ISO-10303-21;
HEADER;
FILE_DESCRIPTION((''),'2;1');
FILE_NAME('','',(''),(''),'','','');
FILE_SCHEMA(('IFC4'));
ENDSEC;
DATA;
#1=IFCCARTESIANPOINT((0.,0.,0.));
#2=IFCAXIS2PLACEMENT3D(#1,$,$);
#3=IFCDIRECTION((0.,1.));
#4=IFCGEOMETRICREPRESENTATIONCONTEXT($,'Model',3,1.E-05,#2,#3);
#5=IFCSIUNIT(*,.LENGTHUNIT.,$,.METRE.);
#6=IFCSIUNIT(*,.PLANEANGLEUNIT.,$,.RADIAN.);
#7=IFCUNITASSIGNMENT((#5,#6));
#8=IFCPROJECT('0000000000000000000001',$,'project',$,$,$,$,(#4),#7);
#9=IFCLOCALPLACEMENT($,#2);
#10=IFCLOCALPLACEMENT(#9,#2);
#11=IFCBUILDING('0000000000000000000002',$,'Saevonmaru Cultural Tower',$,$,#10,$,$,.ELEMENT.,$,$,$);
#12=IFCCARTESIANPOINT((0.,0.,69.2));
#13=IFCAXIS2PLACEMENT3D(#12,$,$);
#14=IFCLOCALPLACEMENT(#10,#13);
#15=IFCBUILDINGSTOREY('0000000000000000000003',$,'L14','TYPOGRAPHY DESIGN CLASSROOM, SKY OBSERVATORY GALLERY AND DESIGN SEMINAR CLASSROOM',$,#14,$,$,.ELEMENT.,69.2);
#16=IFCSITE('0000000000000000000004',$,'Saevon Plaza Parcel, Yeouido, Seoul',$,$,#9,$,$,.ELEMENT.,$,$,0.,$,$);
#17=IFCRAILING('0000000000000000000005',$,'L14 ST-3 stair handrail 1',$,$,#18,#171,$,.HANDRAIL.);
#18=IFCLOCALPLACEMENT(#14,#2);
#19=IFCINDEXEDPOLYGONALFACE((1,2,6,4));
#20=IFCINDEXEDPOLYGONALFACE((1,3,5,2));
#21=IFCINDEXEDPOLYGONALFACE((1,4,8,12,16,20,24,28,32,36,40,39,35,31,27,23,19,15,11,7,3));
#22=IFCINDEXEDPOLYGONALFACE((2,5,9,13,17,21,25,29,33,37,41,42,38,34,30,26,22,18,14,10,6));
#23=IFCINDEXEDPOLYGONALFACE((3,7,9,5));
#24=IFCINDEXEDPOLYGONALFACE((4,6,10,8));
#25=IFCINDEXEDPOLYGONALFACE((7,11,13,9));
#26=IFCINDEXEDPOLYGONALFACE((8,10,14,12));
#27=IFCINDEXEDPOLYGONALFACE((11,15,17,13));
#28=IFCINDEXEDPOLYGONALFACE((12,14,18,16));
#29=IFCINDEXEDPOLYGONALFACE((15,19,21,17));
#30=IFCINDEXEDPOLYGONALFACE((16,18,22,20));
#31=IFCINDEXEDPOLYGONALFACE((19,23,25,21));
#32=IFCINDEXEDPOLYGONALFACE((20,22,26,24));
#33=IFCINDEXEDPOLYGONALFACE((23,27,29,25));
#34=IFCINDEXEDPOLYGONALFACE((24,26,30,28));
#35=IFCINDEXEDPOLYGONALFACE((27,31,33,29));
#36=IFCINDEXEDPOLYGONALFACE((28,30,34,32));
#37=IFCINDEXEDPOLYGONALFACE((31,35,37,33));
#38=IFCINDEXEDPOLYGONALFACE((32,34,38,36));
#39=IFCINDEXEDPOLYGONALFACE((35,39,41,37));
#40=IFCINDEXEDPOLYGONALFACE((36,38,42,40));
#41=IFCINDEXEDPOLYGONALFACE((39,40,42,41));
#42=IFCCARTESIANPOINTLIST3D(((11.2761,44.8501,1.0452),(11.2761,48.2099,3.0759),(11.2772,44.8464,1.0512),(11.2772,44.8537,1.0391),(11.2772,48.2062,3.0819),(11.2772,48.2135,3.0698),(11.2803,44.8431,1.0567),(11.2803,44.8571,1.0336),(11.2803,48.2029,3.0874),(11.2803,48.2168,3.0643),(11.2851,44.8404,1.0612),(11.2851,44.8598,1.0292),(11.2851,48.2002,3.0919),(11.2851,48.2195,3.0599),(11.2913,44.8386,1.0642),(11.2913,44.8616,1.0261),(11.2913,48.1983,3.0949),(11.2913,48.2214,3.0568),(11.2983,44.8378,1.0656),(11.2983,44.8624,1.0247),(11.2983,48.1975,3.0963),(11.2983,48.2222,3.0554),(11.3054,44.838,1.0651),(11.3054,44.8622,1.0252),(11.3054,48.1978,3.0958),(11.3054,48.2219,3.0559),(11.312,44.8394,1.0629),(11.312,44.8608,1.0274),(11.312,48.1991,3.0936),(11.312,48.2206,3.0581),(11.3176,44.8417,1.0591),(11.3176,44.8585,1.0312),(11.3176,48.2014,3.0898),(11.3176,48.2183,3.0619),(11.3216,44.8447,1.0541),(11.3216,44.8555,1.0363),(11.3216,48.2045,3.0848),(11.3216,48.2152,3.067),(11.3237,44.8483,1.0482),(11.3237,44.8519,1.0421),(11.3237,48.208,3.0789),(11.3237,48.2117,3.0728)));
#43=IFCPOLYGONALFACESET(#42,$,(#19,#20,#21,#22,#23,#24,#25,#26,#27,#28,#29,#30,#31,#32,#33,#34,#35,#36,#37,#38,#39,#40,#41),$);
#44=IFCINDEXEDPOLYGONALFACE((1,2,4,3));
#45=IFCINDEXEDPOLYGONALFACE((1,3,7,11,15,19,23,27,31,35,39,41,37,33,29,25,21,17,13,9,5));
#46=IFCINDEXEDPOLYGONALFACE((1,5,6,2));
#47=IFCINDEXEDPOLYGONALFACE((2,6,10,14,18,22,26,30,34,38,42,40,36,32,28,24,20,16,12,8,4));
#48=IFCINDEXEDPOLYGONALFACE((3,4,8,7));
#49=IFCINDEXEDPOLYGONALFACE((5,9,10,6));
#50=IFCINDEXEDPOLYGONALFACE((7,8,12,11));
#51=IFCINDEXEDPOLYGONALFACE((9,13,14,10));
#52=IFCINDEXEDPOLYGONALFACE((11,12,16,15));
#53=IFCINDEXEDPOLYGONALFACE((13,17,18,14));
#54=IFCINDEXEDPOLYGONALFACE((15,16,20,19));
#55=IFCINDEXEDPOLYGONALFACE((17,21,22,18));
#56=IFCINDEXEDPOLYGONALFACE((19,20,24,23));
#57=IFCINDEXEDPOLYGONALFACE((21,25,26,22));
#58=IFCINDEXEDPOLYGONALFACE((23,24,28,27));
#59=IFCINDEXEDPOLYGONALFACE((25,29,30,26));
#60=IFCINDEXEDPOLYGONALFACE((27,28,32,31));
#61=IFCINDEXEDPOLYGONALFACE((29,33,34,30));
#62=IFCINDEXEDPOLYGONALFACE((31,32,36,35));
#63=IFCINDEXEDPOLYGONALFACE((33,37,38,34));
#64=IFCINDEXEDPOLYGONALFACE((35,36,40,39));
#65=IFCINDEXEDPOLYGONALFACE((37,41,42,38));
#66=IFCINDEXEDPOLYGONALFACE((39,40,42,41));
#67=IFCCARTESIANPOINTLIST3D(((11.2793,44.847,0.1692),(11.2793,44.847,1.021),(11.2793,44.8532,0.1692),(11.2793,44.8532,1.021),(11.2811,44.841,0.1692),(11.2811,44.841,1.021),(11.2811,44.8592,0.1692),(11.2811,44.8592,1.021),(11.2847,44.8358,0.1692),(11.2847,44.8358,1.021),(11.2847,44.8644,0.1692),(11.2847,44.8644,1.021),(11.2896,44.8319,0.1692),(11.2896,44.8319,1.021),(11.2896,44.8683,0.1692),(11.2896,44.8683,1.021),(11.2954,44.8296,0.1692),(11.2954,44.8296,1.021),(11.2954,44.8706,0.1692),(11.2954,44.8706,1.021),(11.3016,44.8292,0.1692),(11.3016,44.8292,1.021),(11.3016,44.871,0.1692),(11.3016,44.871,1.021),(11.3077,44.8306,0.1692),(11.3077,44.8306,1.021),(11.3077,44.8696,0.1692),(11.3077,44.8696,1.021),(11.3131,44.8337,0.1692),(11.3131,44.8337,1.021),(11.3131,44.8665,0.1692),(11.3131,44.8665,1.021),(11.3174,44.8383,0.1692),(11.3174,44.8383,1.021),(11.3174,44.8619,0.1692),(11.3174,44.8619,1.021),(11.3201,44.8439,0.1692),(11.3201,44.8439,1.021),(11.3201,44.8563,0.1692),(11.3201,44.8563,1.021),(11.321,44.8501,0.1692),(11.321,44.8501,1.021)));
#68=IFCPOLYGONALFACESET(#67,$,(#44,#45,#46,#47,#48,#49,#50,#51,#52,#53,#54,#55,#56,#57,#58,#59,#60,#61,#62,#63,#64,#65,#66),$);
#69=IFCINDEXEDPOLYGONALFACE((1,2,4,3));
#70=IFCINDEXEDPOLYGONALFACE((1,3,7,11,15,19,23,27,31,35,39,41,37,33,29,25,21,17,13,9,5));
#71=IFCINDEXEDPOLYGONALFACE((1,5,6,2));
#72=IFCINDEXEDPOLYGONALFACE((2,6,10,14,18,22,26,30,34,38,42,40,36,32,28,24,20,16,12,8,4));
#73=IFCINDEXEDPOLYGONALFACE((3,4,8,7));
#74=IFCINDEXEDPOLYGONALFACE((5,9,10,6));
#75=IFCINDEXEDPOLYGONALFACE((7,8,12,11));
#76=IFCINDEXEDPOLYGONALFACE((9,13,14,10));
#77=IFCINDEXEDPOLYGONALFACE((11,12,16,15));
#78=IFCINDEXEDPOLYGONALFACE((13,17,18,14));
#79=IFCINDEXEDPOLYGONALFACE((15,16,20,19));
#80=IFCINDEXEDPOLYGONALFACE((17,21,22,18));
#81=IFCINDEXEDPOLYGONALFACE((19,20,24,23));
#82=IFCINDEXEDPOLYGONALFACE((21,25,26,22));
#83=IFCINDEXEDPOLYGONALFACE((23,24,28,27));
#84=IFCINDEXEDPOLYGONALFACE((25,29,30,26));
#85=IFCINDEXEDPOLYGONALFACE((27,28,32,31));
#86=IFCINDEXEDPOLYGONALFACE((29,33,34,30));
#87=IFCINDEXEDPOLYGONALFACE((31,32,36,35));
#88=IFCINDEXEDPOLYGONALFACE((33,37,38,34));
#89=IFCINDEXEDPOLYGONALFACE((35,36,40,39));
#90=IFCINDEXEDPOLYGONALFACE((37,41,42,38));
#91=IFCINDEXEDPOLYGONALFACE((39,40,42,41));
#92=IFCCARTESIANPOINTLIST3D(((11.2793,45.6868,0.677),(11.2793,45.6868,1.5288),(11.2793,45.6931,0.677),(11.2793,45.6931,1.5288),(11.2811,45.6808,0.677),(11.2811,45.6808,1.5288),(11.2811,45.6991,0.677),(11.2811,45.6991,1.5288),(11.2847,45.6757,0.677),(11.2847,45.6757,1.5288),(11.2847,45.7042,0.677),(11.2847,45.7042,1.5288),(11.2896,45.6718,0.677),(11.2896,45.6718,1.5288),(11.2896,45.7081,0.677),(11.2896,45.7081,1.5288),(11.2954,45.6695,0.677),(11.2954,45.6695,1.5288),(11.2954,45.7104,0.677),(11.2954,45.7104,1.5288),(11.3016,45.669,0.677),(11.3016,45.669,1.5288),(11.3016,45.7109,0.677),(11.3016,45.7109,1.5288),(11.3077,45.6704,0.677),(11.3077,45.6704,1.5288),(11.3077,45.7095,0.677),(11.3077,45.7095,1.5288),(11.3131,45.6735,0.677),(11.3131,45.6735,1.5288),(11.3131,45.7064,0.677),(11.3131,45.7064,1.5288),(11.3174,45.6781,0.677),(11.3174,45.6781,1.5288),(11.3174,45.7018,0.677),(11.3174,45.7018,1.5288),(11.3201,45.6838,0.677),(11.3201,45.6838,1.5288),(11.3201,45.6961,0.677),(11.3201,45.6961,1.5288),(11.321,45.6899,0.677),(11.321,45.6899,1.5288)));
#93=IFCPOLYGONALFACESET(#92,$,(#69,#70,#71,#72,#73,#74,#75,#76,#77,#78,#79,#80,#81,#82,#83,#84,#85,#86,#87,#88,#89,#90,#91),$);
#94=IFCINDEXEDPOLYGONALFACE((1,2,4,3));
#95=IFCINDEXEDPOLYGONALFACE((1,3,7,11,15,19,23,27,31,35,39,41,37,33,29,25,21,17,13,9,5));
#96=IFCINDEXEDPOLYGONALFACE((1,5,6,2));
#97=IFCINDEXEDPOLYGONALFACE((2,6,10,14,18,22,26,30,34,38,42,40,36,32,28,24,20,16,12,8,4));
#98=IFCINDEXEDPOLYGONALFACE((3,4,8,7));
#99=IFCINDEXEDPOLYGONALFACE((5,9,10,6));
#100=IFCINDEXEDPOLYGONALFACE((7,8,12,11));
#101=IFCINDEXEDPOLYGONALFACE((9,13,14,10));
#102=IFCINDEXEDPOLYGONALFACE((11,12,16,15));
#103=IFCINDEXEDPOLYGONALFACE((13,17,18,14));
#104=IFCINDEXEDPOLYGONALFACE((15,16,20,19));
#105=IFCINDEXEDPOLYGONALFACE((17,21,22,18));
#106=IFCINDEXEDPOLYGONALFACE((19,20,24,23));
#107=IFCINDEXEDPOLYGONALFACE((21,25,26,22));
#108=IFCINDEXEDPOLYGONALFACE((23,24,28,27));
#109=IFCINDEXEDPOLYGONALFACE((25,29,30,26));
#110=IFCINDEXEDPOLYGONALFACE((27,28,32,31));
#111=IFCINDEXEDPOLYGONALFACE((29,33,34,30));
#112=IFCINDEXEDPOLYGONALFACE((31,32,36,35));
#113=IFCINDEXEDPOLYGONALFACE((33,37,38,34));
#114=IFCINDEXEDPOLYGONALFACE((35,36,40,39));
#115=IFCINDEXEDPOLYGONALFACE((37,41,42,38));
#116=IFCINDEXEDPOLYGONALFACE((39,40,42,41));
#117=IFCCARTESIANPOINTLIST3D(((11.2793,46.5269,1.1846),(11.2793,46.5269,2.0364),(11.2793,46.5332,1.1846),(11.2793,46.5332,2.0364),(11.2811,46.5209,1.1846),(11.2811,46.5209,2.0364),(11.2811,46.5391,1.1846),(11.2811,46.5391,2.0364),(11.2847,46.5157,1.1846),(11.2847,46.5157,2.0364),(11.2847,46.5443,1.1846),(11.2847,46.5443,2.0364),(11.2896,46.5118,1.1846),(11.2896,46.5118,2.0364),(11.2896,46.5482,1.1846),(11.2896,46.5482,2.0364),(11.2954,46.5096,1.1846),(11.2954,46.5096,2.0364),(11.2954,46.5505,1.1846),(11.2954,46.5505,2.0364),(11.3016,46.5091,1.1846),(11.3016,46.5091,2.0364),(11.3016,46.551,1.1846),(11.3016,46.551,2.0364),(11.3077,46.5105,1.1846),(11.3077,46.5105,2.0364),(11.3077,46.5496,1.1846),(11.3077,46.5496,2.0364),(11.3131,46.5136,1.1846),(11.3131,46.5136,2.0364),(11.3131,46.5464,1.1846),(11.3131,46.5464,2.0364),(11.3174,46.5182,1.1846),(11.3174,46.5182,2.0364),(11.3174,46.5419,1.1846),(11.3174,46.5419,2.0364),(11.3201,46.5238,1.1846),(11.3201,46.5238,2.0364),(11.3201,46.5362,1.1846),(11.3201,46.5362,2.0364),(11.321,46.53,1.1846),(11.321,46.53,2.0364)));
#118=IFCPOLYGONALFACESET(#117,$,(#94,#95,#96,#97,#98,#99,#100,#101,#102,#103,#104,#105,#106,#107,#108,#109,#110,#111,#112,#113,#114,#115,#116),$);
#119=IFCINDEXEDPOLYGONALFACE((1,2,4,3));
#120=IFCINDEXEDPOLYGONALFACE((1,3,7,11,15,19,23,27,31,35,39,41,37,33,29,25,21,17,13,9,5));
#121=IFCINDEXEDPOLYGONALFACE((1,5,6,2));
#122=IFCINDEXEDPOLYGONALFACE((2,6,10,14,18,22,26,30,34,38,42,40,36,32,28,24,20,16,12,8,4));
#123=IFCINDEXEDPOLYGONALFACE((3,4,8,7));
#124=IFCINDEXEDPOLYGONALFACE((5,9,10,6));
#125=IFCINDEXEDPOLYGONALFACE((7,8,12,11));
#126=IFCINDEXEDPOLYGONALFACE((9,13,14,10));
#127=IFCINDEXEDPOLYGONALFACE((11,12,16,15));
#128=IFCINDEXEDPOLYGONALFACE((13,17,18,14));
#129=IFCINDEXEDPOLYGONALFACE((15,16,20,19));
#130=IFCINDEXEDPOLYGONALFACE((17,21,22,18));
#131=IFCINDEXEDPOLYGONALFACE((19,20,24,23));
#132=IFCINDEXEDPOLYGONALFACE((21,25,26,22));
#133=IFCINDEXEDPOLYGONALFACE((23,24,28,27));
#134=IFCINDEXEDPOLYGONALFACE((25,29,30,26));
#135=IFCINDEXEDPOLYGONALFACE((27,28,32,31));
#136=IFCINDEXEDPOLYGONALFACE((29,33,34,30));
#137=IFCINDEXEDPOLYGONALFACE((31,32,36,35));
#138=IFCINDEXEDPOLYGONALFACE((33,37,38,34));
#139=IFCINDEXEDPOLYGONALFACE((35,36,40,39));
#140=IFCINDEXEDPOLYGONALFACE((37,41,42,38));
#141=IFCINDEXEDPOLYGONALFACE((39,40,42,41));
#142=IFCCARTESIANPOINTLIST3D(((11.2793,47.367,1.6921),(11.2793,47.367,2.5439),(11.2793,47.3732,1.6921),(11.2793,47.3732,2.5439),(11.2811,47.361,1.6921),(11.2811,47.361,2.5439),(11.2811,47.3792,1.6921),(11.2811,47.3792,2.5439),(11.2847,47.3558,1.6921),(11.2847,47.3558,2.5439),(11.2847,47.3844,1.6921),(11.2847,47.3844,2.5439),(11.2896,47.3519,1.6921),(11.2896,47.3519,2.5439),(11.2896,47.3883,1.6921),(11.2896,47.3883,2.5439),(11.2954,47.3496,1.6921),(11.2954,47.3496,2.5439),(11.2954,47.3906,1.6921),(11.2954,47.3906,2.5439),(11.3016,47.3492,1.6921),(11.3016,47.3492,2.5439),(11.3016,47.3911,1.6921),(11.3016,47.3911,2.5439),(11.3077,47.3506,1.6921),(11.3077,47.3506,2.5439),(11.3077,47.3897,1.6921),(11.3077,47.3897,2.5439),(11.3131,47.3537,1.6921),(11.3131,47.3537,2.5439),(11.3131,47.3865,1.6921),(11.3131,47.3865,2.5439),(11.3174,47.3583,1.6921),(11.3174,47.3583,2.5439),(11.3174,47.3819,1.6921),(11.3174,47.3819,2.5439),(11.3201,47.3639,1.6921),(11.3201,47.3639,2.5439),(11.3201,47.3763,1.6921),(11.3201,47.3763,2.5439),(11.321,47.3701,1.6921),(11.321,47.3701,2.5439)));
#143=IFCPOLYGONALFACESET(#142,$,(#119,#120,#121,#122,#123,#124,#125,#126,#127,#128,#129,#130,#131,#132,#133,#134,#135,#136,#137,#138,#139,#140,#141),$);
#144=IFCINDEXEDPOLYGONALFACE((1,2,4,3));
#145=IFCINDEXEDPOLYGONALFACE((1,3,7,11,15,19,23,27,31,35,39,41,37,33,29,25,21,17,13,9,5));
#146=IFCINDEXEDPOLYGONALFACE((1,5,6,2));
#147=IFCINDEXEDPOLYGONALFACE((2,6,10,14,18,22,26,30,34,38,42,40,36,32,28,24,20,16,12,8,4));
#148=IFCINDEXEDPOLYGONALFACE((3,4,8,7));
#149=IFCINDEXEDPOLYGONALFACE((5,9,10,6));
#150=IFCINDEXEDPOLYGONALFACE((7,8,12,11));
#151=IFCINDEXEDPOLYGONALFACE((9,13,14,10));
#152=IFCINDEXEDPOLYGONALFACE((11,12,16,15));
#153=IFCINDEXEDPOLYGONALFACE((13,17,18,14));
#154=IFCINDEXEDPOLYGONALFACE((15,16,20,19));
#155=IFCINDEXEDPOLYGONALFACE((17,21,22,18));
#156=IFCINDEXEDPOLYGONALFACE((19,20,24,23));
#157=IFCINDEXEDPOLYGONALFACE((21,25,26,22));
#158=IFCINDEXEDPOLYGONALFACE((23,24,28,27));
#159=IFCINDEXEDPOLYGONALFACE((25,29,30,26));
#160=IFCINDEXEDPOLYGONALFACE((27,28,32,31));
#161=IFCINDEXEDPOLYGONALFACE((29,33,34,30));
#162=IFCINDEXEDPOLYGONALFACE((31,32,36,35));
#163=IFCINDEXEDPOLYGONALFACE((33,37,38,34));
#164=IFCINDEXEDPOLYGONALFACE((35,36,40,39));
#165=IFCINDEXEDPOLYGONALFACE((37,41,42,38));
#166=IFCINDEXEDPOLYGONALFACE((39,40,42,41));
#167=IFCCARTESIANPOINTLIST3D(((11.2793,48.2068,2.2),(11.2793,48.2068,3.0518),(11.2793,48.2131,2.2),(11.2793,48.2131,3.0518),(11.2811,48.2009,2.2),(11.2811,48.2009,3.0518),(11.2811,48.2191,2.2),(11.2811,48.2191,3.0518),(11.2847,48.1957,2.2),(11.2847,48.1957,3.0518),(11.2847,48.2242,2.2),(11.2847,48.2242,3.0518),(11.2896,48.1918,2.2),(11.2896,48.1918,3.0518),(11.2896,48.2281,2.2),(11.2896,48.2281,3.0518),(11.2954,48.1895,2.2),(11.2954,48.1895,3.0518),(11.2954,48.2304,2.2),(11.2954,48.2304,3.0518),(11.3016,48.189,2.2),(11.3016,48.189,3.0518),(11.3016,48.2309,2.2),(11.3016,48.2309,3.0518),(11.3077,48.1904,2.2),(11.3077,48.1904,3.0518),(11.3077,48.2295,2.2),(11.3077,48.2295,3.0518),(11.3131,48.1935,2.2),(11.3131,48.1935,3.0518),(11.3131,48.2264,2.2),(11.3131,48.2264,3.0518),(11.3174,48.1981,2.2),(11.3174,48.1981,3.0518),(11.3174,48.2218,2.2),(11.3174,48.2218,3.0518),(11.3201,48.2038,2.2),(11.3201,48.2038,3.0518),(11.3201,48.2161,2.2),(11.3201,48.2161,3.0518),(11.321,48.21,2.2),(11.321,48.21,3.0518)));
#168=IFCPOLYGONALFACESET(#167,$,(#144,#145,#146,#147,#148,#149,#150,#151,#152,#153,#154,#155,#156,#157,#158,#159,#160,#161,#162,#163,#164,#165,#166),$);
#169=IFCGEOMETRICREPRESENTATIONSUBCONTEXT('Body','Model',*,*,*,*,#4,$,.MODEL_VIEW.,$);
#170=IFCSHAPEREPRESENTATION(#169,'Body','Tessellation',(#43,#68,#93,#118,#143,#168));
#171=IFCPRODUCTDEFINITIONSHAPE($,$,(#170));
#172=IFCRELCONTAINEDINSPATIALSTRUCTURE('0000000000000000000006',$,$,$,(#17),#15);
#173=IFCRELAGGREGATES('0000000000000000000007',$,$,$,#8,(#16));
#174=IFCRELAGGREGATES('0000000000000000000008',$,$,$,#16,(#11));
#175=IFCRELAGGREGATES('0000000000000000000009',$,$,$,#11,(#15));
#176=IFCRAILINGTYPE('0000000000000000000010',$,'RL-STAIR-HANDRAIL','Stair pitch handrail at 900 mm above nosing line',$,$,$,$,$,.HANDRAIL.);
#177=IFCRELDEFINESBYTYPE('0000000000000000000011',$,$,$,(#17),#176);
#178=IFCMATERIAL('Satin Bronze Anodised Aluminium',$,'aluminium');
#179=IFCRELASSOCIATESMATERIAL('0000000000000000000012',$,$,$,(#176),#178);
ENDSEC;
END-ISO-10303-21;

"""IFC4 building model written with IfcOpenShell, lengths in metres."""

from ifc_helpers import new_model, si_unit, direction, frame, origin, origin_2d, place, context, subcontext, project, spatial, circle, extrude, material, type_object, element, save


model = new_model("IFC4")

# Units and contexts
model_context = context("Model", 3, precision=1e-05, world=origin(), true_north=direction((0.0, 1.0)))
body_context = subcontext(model_context, "Body", "Model", "MODEL_VIEW")
ifc_project = project(units=[si_unit("LENGTHUNIT", "METRE"), si_unit("PLANEANGLEUNIT", "RADIAN")], contexts=[model_context])

# Site, building, storey
site_placement = place(None, origin())
site = spatial("IfcSite", under=ifc_project, at=site_placement, Name="Saevon Plaza Parcel, Yeouido, Seoul", CompositionType="ELEMENT", RefElevation=0.0)
building_placement = place(site_placement, origin())
building = spatial("IfcBuilding", under=site, at=building_placement, Name="Saevonmaru Cultural Tower", CompositionType="ELEMENT")
storey_placement = place(building_placement, frame((0.0, 0.0, 69.2)))
storey = spatial("IfcBuildingStorey", under=building, at=storey_placement, Name="L14", Description="TYPOGRAPHY DESIGN CLASSROOM, SKY OBSERVATORY GALLERY AND DESIGN SEMINAR CLASSROOM", CompositionType="ELEMENT", Elevation=69.2)

# Shared definitions
ifc_material_1 = material(Name="Satin Bronze Anodised Aluminium", Category="aluminium")

# Railing
railing_type_1 = type_object("IfcRailingType", Name="RL-STAIR-HANDRAIL", Description="Stair pitch handrail at 900 mm above nosing line", PredefinedType="HANDRAIL", material=ifc_material_1)
railing_1_placement = place(storey_placement, frame((11.3, 44.8501, 0.1692)))
element("IfcRailing", 1, at=railing_1_placement, inside=storey, type_object=railing_type_1, Name="L14 ST-3 stair handrail 1", PredefinedType="HANDRAIL", context=body_context, shape_type="SweptSolid", body=[
    extrude(circle(Radius=0.0239, at=origin_2d()), frame((0.0, 0.0, 0.876), z_axis=(0.0, 0.85582, 0.517273), x_axis=(-1.0, 0.0, 0.0)), (0.0, 0.0, 1.0), 3.9258),
    extrude(circle(Radius=0.021, at=origin_2d()), origin(), (0.0, 0.0, 1.0), 0.8518),
    extrude(circle(Radius=0.021, at=origin_2d()), frame((0.0, 0.8398, 0.5078)), (0.0, 0.0, 1.0), 0.8518),
    extrude(circle(Radius=0.021, at=origin_2d()), frame((0.0, 1.6799, 1.0154)), (0.0, 0.0, 1.0), 0.8518),
    extrude(circle(Radius=0.021, at=origin_2d()), frame((0.0, 2.52, 1.5229)), (0.0, 0.0, 1.0), 0.8518),
    extrude(circle(Radius=0.021, at=origin_2d()), frame((0.0, 3.3599, 2.0308)), (0.0, 0.0, 1.0), 0.8518),
])

save(model, "model.ifc")
